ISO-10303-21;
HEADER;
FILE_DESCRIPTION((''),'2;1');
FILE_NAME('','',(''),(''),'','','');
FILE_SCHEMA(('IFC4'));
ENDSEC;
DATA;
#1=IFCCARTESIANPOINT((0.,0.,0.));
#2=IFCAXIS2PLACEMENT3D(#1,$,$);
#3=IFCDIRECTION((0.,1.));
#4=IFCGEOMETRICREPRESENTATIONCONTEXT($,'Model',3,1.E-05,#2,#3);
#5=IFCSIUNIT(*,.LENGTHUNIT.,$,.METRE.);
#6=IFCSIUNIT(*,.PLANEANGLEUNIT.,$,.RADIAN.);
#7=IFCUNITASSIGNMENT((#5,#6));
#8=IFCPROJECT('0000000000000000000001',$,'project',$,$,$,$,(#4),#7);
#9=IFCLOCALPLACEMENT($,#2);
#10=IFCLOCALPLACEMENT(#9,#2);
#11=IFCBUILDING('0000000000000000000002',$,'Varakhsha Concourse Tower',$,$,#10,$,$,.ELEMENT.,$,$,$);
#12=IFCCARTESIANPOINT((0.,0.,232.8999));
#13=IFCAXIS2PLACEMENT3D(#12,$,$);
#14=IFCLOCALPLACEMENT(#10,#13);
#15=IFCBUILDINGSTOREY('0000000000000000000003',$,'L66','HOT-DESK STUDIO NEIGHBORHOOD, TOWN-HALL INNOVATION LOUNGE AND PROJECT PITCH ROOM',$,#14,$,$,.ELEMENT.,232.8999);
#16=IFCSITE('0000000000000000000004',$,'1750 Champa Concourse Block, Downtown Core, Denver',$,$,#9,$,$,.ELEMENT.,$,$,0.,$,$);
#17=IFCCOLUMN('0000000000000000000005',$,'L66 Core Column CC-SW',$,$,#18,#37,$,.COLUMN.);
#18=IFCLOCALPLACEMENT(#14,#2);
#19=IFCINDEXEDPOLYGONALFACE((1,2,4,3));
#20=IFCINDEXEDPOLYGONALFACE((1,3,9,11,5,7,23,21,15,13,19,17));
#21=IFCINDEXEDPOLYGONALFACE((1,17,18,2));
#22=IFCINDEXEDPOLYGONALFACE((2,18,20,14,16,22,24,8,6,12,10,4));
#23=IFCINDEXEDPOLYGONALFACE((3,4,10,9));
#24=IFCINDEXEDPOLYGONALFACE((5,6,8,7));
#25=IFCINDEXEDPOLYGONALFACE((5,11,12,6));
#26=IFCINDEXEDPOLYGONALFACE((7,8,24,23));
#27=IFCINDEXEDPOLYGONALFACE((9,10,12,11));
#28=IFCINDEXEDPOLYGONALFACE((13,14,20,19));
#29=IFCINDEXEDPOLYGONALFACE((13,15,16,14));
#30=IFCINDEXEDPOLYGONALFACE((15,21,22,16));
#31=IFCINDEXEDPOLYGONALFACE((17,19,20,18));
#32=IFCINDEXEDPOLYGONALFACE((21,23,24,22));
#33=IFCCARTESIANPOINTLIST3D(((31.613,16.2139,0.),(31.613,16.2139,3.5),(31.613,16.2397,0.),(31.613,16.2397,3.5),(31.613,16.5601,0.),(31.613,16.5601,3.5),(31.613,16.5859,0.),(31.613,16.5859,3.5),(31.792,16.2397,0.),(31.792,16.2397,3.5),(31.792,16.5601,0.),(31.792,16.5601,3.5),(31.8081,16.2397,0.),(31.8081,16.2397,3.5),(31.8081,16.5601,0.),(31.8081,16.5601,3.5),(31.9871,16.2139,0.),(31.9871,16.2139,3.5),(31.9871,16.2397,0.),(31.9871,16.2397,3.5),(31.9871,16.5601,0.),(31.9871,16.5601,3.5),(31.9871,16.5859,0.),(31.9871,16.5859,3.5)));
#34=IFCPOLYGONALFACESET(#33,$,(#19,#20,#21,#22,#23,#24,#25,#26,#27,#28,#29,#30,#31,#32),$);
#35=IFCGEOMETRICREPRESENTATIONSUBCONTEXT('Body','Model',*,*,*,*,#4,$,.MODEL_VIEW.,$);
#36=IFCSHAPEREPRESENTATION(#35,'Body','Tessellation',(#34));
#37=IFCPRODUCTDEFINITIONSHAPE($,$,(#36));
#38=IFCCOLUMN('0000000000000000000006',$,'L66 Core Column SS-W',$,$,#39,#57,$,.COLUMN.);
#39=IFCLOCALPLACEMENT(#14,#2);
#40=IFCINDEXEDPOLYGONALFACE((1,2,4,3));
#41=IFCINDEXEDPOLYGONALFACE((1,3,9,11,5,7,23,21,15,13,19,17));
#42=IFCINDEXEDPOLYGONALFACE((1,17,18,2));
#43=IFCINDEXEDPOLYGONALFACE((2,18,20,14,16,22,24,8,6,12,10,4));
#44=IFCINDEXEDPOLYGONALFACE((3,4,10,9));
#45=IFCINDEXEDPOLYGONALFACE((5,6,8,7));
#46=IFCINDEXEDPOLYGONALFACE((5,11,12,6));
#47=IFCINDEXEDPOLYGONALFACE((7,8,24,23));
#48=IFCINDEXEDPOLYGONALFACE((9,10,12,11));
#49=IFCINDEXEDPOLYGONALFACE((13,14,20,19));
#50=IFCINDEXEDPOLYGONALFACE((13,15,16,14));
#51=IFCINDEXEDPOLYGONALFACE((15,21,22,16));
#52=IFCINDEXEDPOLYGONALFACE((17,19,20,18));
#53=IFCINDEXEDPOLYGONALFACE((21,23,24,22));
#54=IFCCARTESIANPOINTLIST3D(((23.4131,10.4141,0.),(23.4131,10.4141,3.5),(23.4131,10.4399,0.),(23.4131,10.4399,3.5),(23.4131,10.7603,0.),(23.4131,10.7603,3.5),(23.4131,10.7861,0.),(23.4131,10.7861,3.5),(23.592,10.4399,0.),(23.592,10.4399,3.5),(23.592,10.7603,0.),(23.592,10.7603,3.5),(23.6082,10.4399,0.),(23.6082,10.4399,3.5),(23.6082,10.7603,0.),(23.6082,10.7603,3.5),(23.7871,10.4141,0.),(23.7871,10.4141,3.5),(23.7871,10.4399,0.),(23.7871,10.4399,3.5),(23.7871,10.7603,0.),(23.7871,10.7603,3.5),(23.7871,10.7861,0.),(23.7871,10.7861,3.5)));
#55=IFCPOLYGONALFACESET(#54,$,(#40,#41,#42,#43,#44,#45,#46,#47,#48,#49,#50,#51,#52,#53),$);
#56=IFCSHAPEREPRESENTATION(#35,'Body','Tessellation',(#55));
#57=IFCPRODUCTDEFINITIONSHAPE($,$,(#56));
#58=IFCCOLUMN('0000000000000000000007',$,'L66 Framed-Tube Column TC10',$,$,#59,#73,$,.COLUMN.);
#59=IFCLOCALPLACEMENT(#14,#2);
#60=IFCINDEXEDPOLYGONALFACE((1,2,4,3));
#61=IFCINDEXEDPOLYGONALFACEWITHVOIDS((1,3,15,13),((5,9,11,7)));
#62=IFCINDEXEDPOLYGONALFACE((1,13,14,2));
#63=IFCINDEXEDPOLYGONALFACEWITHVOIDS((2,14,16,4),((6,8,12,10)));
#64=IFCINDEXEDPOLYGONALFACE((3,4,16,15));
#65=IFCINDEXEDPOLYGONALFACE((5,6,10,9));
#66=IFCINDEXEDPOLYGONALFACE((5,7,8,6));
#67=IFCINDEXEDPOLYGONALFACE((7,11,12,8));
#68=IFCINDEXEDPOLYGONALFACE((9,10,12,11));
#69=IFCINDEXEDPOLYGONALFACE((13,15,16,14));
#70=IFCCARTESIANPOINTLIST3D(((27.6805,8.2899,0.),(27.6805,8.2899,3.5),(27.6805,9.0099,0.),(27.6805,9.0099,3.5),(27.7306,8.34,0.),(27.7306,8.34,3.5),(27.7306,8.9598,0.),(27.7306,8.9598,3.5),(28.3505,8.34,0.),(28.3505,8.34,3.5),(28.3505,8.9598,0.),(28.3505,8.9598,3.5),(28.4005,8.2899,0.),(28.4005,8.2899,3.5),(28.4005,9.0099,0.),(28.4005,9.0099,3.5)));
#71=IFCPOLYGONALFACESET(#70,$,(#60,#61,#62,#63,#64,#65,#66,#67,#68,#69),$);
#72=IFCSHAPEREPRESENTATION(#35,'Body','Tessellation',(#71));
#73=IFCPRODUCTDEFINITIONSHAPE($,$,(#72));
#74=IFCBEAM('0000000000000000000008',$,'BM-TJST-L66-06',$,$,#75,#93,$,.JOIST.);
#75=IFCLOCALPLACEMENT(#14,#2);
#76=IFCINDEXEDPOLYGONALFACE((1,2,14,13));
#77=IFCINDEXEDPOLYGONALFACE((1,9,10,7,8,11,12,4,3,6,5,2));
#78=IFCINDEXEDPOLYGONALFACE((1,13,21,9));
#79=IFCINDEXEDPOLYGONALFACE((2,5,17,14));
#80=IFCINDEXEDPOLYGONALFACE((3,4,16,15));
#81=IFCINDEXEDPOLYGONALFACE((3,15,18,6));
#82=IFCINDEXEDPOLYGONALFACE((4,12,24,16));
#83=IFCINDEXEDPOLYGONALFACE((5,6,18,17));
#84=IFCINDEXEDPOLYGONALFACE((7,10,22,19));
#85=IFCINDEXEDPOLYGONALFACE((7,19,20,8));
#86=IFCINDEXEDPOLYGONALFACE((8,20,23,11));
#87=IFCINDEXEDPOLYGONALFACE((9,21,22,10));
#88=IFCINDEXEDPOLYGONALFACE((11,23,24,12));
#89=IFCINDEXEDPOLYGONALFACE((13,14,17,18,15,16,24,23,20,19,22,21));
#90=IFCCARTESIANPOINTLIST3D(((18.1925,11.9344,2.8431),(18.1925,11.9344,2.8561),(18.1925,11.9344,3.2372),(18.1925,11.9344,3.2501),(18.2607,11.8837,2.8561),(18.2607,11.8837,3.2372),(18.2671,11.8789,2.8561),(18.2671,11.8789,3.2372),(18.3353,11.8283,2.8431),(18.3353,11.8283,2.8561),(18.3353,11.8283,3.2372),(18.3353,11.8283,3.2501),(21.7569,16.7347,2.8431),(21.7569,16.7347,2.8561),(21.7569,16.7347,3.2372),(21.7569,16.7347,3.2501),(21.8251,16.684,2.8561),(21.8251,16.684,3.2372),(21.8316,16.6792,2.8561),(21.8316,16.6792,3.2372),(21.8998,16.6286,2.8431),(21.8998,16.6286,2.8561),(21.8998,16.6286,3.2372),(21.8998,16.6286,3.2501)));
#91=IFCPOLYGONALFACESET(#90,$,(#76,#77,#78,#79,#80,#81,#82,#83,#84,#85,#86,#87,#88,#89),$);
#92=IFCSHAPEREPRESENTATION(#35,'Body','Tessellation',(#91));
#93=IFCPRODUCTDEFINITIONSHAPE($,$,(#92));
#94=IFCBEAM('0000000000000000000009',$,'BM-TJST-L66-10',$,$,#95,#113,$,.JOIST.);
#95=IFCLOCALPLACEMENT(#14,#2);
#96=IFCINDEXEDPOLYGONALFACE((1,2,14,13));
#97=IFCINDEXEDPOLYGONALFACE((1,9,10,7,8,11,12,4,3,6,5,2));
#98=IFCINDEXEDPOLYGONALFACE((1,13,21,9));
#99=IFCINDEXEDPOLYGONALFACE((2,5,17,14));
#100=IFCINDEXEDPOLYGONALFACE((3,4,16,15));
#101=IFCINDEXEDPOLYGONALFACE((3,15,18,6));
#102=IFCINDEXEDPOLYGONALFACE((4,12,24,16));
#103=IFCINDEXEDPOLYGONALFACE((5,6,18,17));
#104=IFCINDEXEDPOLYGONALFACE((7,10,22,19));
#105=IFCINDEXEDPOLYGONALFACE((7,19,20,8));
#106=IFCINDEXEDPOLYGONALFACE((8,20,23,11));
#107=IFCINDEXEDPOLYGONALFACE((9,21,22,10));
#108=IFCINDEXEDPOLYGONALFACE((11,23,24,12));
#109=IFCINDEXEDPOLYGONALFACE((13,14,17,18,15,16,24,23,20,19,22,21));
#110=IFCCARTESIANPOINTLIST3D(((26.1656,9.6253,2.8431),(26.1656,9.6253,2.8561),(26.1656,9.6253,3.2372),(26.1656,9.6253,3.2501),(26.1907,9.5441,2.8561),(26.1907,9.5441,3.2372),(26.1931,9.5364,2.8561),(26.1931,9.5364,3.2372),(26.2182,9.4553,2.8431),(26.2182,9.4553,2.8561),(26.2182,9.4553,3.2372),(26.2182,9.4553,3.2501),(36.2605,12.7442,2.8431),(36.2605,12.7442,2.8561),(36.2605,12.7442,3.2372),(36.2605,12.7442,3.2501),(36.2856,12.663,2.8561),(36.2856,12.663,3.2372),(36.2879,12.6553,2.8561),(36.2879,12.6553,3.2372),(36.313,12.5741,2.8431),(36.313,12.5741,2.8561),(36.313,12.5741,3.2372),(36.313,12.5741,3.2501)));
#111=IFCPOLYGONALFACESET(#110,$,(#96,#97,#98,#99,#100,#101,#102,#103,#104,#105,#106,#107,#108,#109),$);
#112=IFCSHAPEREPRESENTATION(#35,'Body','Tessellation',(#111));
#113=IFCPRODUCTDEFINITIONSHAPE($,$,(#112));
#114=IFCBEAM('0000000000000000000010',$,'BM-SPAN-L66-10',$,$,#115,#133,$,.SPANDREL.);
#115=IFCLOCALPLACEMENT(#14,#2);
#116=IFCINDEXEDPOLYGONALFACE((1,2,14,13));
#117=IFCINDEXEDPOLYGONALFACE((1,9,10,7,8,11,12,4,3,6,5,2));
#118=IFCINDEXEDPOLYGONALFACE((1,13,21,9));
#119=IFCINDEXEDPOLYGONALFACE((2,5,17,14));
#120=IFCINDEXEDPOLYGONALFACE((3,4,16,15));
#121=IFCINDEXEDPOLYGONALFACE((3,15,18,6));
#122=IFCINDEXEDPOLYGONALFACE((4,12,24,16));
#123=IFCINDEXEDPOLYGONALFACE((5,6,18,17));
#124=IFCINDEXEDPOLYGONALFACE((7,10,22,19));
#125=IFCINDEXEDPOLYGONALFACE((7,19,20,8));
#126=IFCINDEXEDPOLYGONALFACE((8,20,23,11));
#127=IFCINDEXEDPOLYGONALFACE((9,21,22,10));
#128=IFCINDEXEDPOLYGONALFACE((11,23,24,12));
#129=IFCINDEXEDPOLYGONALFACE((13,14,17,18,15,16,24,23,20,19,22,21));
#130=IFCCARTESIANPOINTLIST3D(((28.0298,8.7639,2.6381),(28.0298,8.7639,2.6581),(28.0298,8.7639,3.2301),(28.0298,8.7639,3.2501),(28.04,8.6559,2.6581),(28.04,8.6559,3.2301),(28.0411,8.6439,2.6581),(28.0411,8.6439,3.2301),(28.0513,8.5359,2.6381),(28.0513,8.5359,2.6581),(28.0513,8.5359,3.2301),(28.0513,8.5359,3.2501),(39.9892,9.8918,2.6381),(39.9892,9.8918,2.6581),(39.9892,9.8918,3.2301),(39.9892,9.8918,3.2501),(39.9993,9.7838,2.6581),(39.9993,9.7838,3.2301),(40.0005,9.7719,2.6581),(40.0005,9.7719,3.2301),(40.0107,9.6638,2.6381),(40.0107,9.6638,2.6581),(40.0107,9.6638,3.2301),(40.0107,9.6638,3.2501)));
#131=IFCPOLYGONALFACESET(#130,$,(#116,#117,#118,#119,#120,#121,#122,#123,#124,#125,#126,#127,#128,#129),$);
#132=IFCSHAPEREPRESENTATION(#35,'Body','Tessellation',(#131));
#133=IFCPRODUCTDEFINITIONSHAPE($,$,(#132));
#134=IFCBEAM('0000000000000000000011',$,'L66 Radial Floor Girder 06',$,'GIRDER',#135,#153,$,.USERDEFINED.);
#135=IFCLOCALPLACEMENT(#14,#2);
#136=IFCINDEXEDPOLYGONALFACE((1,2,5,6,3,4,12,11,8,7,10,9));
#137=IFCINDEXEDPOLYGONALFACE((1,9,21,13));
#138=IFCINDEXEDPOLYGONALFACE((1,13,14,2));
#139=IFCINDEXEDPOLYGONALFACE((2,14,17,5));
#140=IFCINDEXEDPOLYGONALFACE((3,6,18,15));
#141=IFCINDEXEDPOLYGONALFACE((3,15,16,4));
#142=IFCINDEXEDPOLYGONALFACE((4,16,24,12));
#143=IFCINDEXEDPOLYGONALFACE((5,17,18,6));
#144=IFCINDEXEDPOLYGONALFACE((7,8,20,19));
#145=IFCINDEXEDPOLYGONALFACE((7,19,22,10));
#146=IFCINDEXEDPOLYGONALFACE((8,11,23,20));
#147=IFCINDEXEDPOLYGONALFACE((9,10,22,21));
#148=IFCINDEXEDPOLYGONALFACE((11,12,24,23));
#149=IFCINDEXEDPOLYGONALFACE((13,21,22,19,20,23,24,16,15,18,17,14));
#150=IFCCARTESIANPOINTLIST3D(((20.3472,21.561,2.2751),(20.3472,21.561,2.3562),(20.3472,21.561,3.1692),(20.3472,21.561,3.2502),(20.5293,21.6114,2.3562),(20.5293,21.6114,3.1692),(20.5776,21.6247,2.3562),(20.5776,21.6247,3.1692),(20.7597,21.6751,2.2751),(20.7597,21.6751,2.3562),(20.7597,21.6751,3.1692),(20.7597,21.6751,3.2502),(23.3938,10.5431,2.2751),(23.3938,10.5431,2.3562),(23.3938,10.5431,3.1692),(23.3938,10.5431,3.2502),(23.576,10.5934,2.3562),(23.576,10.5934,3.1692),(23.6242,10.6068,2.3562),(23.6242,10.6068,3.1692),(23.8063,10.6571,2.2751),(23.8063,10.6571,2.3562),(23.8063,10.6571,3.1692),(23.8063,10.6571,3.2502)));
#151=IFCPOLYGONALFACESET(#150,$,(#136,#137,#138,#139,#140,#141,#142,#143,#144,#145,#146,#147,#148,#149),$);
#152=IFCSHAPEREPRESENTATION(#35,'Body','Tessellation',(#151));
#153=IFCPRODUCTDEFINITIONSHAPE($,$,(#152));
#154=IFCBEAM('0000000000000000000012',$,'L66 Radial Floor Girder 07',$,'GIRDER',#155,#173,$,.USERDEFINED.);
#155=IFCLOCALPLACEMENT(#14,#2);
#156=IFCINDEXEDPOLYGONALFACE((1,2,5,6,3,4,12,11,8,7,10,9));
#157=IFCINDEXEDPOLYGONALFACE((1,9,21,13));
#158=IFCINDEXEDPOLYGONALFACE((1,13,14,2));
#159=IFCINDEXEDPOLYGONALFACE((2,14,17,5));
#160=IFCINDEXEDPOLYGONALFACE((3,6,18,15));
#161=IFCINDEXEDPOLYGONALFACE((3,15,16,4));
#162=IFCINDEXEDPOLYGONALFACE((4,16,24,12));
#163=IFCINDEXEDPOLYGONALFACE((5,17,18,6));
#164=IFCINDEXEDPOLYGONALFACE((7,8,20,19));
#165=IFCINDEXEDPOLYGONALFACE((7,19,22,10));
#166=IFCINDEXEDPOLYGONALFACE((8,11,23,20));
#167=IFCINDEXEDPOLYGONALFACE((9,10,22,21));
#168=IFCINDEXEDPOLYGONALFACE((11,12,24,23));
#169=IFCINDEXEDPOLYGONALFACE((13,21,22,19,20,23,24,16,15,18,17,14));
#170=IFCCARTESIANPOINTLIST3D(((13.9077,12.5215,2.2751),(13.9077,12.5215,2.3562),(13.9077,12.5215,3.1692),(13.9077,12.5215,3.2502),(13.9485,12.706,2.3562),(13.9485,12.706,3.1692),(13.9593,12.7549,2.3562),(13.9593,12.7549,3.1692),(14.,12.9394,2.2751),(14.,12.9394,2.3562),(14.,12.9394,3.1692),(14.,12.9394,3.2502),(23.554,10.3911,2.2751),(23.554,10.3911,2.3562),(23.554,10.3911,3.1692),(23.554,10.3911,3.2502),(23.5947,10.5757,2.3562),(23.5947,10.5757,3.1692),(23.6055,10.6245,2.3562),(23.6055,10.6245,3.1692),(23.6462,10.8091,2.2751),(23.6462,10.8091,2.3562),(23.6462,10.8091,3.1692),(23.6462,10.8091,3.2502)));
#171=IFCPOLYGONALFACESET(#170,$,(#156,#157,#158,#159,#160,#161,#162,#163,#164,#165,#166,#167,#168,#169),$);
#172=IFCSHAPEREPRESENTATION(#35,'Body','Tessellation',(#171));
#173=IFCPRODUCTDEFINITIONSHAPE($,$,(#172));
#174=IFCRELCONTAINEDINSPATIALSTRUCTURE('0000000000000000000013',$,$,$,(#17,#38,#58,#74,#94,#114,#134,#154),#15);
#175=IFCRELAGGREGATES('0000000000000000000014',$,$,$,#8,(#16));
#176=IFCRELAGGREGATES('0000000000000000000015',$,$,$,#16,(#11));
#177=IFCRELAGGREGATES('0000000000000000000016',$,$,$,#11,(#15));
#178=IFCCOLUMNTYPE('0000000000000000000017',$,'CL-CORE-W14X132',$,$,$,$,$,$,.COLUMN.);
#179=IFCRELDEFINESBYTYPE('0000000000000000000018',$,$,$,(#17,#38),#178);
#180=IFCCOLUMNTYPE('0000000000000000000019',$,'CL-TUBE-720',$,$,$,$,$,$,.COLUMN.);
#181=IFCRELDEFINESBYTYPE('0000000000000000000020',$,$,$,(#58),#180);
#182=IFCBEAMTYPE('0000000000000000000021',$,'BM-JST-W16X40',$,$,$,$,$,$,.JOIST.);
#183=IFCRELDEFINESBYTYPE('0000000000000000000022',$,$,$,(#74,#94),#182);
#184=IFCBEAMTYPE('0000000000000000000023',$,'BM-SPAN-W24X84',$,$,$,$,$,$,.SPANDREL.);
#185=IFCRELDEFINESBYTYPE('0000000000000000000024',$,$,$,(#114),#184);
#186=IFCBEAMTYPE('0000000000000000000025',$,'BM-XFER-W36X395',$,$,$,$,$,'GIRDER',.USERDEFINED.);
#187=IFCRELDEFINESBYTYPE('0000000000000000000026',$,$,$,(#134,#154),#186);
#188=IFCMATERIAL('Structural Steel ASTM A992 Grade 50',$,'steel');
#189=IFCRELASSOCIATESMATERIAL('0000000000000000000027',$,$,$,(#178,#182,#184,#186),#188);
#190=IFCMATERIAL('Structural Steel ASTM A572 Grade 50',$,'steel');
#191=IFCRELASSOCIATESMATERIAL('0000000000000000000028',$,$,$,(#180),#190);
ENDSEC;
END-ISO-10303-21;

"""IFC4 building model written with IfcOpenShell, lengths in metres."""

from ifc_helpers import new_model, si_unit, direction, frame, origin, origin_2d, place, context, subcontext, project, spatial, hollow_rectangle, i_section, extrude, material, material_profile, profile_set, type_object, element, save


model = new_model("IFC4")

# Units and contexts
model_context = context("Model", 3, precision=1e-05, world=origin(), true_north=direction((0.0, 1.0)))
body_context = subcontext(model_context, "Body", "Model", "MODEL_VIEW")
ifc_project = project(units=[si_unit("LENGTHUNIT", "METRE"), si_unit("PLANEANGLEUNIT", "RADIAN")], contexts=[model_context])

# Site, building, storey
site_placement = place(None, origin())
site = spatial("IfcSite", under=ifc_project, at=site_placement, Name="1750 Champa Concourse Block, Downtown Core, Denver", CompositionType="ELEMENT", RefElevation=0.0)
building_placement = place(site_placement, origin())
building = spatial("IfcBuilding", under=site, at=building_placement, Name="Varakhsha Concourse Tower", CompositionType="ELEMENT")
storey_placement = place(building_placement, frame((0.0, 0.0, 232.8999)))
storey = spatial("IfcBuildingStorey", under=building, at=storey_placement, Name="L66", Description="HOT-DESK STUDIO NEIGHBORHOOD, TOWN-HALL INNOVATION LOUNGE AND PROJECT PITCH ROOM", CompositionType="ELEMENT", Elevation=232.8999)

# Columns
ifc_material_1 = material(Name="Structural Steel ASTM A992 Grade 50", Category="steel")
ifc_material_profile_1 = material_profile(ifc_material_1, i_section(OverallWidth=0.374, OverallDepth=0.3721, WebThickness=0.0161, FlangeThickness=0.0259, at=origin_2d()), Name="W14X132")
ifc_profile_set_1 = profile_set([ifc_material_profile_1], Name="Structural Steel ASTM A992 Grade 50")
column_type_1 = type_object("IfcColumnType", Name="CL-CORE-W14X132", PredefinedType="COLUMN", material=ifc_profile_set_1)
for number, where, z_axis, x_axis, name in (
    (1, (31.8, 16.3999, 0.0), (0.0, 0.0, 1.0), (1.0, 0.0, 0.0), "L66 Core Column CC-SW"),
    (2, (23.6001, 10.6001, 0.0), (0.0, 0.0, 1.0), (1.0, 0.0, 0.0), "L66 Core Column SS-W"),
):
    element("IfcColumn", number, at=place(storey_placement, frame(where, z_axis=z_axis, x_axis=x_axis)), inside=storey, type_object=column_type_1, Name=name, PredefinedType="COLUMN", context=body_context, shape_type="SweptSolid", body=[
        extrude(i_section(OverallWidth=0.374, OverallDepth=0.3721, WebThickness=0.0161, FlangeThickness=0.0259, at=origin_2d()), origin(), (0.0, 0.0, 1.0), 3.5),
    ])
ifc_material_2 = material(Name="Structural Steel ASTM A572 Grade 50", Category="steel")
ifc_material_profile_2 = material_profile(ifc_material_2, hollow_rectangle(XDim=0.72, YDim=0.72, WallThickness=0.05, at=origin_2d()), Name="BOX 720x720x50")
ifc_profile_set_2 = profile_set([ifc_material_profile_2], Name="Structural Steel ASTM A572 Grade 50")
column_type_2 = type_object("IfcColumnType", Name="CL-TUBE-720", PredefinedType="COLUMN", material=ifc_profile_set_2)
column_placement = place(storey_placement, frame((28.0405, 8.6499, 0.0), z_axis=(0.0, 0.0, 1.0), x_axis=(1.0, 0.0, 0.0)))
element("IfcColumn", 3, at=column_placement, inside=storey, type_object=column_type_2, Name="L66 Framed-Tube Column TC10", PredefinedType="COLUMN", context=body_context, shape_type="SweptSolid", body=[
    extrude(hollow_rectangle(XDim=0.72, YDim=0.72, WallThickness=0.05, at=origin_2d()), origin(), (0.0, 0.0, 1.0), 3.5),
])

# Beams
ifc_material_profile_3 = material_profile(ifc_material_1, i_section(OverallWidth=0.178, OverallDepth=0.407, WebThickness=0.0081, FlangeThickness=0.0129, at=origin_2d()), Name="W16X40")
ifc_profile_set_3 = profile_set([ifc_material_profile_3], Name="Structural Steel ASTM A992 Grade 50")
beam_type_1 = type_object("IfcBeamType", Name="BM-JST-W16X40", PredefinedType="JOIST", material=ifc_profile_set_3)
beam_1_placement = place(storey_placement, frame((21.8284, 16.6816, 3.0466), z_axis=(-0.596165, -0.802862, 0.0), x_axis=(0.802862, -0.596165, 0.0)))
element("IfcBeam", 4, at=beam_1_placement, inside=storey, type_object=beam_type_1, Name="BM-TJST-L66-06", PredefinedType="JOIST", context=body_context, shape_type="SweptSolid", body=[
    extrude(i_section(OverallWidth=0.178, OverallDepth=0.407, WebThickness=0.0081, FlangeThickness=0.0129, at=origin_2d()), origin(), (0.0, 0.0, 1.0), 5.979),
])
beam_2_placement = place(storey_placement, frame((26.1919, 9.5403, 3.0466), z_axis=(0.955439, 0.295188, 0.0), x_axis=(-0.295188, 0.955439, 0.0)))
element("IfcBeam", 5, at=beam_2_placement, inside=storey, type_object=beam_type_1, Name="BM-TJST-L66-10", PredefinedType="JOIST", context=body_context, shape_type="SweptSolid", body=[
    extrude(i_section(OverallWidth=0.178, OverallDepth=0.407, WebThickness=0.0081, FlangeThickness=0.0129, at=origin_2d()), origin(), (0.0, 0.0, 1.0), 10.5657),
])
ifc_material_profile_4 = material_profile(ifc_material_1, i_section(OverallWidth=0.229, OverallDepth=0.6121, WebThickness=0.012, FlangeThickness=0.02, at=origin_2d()), Name="W24X84")
ifc_profile_set_4 = profile_set([ifc_material_profile_4], Name="Structural Steel ASTM A992 Grade 50")
beam_type_2 = type_object("IfcBeamType", Name="BM-SPAN-W24X84", PredefinedType="SPANDREL", material=ifc_profile_set_4)
beam_3_placement = place(storey_placement, frame((28.0405, 8.6499, 2.9441), z_axis=(0.995582, 0.093896, 0.0), x_axis=(-0.093896, 0.995582, 0.0)))
element("IfcBeam", 6, at=beam_3_placement, inside=storey, type_object=beam_type_2, Name="BM-SPAN-L66-10", PredefinedType="SPANDREL", context=body_context, shape_type="SweptSolid", body=[
    extrude(i_section(OverallWidth=0.229, OverallDepth=0.6121, WebThickness=0.012, FlangeThickness=0.02, at=origin_2d()), origin(), (0.0, 0.0, 1.0), 12.0125),
])
ifc_material_profile_5 = material_profile(ifc_material_1, i_section(OverallWidth=0.428, OverallDepth=0.9751, WebThickness=0.05, FlangeThickness=0.0811, at=origin_2d()), Name="W36X395")
ifc_profile_set_5 = profile_set([ifc_material_profile_5], Name="Structural Steel ASTM A992 Grade 50")
beam_type_3 = type_object("IfcBeamType", Name="BM-XFER-W36X395", ElementType="GIRDER", PredefinedType="USERDEFINED", material=ifc_profile_set_5)
beam_4_placement = place(storey_placement, frame((23.6001, 10.6001, 2.7627), z_axis=(-0.266517, 0.96383, 0.0), x_axis=(-0.96383, -0.266517, 0.0)))
element("IfcBeam", 7, at=beam_4_placement, inside=storey, type_object=beam_type_3, Name="L66 Radial Floor Girder 06", ObjectType="GIRDER", PredefinedType="USERDEFINED", context=body_context, shape_type="SweptSolid", body=[
    extrude(i_section(OverallWidth=0.428, OverallDepth=0.9751, WebThickness=0.05, FlangeThickness=0.0811, at=origin_2d()), origin(), (0.0, 0.0, 1.0), 11.4314),
])
beam_5_placement = place(storey_placement, frame((23.6001, 10.6001, 2.7627), z_axis=(-0.97647, 0.215653, 0.0), x_axis=(-0.215653, -0.97647, 0.0)))
element("IfcBeam", 8, at=beam_5_placement, inside=storey, type_object=beam_type_3, Name="L66 Radial Floor Girder 07", ObjectType="GIRDER", PredefinedType="USERDEFINED", context=body_context, shape_type="SweptSolid", body=[
    extrude(i_section(OverallWidth=0.428, OverallDepth=0.9751, WebThickness=0.05, FlangeThickness=0.0811, at=origin_2d()), origin(), (0.0, 0.0, 1.0), 9.8787),
])

save(model, "model.ifc")
